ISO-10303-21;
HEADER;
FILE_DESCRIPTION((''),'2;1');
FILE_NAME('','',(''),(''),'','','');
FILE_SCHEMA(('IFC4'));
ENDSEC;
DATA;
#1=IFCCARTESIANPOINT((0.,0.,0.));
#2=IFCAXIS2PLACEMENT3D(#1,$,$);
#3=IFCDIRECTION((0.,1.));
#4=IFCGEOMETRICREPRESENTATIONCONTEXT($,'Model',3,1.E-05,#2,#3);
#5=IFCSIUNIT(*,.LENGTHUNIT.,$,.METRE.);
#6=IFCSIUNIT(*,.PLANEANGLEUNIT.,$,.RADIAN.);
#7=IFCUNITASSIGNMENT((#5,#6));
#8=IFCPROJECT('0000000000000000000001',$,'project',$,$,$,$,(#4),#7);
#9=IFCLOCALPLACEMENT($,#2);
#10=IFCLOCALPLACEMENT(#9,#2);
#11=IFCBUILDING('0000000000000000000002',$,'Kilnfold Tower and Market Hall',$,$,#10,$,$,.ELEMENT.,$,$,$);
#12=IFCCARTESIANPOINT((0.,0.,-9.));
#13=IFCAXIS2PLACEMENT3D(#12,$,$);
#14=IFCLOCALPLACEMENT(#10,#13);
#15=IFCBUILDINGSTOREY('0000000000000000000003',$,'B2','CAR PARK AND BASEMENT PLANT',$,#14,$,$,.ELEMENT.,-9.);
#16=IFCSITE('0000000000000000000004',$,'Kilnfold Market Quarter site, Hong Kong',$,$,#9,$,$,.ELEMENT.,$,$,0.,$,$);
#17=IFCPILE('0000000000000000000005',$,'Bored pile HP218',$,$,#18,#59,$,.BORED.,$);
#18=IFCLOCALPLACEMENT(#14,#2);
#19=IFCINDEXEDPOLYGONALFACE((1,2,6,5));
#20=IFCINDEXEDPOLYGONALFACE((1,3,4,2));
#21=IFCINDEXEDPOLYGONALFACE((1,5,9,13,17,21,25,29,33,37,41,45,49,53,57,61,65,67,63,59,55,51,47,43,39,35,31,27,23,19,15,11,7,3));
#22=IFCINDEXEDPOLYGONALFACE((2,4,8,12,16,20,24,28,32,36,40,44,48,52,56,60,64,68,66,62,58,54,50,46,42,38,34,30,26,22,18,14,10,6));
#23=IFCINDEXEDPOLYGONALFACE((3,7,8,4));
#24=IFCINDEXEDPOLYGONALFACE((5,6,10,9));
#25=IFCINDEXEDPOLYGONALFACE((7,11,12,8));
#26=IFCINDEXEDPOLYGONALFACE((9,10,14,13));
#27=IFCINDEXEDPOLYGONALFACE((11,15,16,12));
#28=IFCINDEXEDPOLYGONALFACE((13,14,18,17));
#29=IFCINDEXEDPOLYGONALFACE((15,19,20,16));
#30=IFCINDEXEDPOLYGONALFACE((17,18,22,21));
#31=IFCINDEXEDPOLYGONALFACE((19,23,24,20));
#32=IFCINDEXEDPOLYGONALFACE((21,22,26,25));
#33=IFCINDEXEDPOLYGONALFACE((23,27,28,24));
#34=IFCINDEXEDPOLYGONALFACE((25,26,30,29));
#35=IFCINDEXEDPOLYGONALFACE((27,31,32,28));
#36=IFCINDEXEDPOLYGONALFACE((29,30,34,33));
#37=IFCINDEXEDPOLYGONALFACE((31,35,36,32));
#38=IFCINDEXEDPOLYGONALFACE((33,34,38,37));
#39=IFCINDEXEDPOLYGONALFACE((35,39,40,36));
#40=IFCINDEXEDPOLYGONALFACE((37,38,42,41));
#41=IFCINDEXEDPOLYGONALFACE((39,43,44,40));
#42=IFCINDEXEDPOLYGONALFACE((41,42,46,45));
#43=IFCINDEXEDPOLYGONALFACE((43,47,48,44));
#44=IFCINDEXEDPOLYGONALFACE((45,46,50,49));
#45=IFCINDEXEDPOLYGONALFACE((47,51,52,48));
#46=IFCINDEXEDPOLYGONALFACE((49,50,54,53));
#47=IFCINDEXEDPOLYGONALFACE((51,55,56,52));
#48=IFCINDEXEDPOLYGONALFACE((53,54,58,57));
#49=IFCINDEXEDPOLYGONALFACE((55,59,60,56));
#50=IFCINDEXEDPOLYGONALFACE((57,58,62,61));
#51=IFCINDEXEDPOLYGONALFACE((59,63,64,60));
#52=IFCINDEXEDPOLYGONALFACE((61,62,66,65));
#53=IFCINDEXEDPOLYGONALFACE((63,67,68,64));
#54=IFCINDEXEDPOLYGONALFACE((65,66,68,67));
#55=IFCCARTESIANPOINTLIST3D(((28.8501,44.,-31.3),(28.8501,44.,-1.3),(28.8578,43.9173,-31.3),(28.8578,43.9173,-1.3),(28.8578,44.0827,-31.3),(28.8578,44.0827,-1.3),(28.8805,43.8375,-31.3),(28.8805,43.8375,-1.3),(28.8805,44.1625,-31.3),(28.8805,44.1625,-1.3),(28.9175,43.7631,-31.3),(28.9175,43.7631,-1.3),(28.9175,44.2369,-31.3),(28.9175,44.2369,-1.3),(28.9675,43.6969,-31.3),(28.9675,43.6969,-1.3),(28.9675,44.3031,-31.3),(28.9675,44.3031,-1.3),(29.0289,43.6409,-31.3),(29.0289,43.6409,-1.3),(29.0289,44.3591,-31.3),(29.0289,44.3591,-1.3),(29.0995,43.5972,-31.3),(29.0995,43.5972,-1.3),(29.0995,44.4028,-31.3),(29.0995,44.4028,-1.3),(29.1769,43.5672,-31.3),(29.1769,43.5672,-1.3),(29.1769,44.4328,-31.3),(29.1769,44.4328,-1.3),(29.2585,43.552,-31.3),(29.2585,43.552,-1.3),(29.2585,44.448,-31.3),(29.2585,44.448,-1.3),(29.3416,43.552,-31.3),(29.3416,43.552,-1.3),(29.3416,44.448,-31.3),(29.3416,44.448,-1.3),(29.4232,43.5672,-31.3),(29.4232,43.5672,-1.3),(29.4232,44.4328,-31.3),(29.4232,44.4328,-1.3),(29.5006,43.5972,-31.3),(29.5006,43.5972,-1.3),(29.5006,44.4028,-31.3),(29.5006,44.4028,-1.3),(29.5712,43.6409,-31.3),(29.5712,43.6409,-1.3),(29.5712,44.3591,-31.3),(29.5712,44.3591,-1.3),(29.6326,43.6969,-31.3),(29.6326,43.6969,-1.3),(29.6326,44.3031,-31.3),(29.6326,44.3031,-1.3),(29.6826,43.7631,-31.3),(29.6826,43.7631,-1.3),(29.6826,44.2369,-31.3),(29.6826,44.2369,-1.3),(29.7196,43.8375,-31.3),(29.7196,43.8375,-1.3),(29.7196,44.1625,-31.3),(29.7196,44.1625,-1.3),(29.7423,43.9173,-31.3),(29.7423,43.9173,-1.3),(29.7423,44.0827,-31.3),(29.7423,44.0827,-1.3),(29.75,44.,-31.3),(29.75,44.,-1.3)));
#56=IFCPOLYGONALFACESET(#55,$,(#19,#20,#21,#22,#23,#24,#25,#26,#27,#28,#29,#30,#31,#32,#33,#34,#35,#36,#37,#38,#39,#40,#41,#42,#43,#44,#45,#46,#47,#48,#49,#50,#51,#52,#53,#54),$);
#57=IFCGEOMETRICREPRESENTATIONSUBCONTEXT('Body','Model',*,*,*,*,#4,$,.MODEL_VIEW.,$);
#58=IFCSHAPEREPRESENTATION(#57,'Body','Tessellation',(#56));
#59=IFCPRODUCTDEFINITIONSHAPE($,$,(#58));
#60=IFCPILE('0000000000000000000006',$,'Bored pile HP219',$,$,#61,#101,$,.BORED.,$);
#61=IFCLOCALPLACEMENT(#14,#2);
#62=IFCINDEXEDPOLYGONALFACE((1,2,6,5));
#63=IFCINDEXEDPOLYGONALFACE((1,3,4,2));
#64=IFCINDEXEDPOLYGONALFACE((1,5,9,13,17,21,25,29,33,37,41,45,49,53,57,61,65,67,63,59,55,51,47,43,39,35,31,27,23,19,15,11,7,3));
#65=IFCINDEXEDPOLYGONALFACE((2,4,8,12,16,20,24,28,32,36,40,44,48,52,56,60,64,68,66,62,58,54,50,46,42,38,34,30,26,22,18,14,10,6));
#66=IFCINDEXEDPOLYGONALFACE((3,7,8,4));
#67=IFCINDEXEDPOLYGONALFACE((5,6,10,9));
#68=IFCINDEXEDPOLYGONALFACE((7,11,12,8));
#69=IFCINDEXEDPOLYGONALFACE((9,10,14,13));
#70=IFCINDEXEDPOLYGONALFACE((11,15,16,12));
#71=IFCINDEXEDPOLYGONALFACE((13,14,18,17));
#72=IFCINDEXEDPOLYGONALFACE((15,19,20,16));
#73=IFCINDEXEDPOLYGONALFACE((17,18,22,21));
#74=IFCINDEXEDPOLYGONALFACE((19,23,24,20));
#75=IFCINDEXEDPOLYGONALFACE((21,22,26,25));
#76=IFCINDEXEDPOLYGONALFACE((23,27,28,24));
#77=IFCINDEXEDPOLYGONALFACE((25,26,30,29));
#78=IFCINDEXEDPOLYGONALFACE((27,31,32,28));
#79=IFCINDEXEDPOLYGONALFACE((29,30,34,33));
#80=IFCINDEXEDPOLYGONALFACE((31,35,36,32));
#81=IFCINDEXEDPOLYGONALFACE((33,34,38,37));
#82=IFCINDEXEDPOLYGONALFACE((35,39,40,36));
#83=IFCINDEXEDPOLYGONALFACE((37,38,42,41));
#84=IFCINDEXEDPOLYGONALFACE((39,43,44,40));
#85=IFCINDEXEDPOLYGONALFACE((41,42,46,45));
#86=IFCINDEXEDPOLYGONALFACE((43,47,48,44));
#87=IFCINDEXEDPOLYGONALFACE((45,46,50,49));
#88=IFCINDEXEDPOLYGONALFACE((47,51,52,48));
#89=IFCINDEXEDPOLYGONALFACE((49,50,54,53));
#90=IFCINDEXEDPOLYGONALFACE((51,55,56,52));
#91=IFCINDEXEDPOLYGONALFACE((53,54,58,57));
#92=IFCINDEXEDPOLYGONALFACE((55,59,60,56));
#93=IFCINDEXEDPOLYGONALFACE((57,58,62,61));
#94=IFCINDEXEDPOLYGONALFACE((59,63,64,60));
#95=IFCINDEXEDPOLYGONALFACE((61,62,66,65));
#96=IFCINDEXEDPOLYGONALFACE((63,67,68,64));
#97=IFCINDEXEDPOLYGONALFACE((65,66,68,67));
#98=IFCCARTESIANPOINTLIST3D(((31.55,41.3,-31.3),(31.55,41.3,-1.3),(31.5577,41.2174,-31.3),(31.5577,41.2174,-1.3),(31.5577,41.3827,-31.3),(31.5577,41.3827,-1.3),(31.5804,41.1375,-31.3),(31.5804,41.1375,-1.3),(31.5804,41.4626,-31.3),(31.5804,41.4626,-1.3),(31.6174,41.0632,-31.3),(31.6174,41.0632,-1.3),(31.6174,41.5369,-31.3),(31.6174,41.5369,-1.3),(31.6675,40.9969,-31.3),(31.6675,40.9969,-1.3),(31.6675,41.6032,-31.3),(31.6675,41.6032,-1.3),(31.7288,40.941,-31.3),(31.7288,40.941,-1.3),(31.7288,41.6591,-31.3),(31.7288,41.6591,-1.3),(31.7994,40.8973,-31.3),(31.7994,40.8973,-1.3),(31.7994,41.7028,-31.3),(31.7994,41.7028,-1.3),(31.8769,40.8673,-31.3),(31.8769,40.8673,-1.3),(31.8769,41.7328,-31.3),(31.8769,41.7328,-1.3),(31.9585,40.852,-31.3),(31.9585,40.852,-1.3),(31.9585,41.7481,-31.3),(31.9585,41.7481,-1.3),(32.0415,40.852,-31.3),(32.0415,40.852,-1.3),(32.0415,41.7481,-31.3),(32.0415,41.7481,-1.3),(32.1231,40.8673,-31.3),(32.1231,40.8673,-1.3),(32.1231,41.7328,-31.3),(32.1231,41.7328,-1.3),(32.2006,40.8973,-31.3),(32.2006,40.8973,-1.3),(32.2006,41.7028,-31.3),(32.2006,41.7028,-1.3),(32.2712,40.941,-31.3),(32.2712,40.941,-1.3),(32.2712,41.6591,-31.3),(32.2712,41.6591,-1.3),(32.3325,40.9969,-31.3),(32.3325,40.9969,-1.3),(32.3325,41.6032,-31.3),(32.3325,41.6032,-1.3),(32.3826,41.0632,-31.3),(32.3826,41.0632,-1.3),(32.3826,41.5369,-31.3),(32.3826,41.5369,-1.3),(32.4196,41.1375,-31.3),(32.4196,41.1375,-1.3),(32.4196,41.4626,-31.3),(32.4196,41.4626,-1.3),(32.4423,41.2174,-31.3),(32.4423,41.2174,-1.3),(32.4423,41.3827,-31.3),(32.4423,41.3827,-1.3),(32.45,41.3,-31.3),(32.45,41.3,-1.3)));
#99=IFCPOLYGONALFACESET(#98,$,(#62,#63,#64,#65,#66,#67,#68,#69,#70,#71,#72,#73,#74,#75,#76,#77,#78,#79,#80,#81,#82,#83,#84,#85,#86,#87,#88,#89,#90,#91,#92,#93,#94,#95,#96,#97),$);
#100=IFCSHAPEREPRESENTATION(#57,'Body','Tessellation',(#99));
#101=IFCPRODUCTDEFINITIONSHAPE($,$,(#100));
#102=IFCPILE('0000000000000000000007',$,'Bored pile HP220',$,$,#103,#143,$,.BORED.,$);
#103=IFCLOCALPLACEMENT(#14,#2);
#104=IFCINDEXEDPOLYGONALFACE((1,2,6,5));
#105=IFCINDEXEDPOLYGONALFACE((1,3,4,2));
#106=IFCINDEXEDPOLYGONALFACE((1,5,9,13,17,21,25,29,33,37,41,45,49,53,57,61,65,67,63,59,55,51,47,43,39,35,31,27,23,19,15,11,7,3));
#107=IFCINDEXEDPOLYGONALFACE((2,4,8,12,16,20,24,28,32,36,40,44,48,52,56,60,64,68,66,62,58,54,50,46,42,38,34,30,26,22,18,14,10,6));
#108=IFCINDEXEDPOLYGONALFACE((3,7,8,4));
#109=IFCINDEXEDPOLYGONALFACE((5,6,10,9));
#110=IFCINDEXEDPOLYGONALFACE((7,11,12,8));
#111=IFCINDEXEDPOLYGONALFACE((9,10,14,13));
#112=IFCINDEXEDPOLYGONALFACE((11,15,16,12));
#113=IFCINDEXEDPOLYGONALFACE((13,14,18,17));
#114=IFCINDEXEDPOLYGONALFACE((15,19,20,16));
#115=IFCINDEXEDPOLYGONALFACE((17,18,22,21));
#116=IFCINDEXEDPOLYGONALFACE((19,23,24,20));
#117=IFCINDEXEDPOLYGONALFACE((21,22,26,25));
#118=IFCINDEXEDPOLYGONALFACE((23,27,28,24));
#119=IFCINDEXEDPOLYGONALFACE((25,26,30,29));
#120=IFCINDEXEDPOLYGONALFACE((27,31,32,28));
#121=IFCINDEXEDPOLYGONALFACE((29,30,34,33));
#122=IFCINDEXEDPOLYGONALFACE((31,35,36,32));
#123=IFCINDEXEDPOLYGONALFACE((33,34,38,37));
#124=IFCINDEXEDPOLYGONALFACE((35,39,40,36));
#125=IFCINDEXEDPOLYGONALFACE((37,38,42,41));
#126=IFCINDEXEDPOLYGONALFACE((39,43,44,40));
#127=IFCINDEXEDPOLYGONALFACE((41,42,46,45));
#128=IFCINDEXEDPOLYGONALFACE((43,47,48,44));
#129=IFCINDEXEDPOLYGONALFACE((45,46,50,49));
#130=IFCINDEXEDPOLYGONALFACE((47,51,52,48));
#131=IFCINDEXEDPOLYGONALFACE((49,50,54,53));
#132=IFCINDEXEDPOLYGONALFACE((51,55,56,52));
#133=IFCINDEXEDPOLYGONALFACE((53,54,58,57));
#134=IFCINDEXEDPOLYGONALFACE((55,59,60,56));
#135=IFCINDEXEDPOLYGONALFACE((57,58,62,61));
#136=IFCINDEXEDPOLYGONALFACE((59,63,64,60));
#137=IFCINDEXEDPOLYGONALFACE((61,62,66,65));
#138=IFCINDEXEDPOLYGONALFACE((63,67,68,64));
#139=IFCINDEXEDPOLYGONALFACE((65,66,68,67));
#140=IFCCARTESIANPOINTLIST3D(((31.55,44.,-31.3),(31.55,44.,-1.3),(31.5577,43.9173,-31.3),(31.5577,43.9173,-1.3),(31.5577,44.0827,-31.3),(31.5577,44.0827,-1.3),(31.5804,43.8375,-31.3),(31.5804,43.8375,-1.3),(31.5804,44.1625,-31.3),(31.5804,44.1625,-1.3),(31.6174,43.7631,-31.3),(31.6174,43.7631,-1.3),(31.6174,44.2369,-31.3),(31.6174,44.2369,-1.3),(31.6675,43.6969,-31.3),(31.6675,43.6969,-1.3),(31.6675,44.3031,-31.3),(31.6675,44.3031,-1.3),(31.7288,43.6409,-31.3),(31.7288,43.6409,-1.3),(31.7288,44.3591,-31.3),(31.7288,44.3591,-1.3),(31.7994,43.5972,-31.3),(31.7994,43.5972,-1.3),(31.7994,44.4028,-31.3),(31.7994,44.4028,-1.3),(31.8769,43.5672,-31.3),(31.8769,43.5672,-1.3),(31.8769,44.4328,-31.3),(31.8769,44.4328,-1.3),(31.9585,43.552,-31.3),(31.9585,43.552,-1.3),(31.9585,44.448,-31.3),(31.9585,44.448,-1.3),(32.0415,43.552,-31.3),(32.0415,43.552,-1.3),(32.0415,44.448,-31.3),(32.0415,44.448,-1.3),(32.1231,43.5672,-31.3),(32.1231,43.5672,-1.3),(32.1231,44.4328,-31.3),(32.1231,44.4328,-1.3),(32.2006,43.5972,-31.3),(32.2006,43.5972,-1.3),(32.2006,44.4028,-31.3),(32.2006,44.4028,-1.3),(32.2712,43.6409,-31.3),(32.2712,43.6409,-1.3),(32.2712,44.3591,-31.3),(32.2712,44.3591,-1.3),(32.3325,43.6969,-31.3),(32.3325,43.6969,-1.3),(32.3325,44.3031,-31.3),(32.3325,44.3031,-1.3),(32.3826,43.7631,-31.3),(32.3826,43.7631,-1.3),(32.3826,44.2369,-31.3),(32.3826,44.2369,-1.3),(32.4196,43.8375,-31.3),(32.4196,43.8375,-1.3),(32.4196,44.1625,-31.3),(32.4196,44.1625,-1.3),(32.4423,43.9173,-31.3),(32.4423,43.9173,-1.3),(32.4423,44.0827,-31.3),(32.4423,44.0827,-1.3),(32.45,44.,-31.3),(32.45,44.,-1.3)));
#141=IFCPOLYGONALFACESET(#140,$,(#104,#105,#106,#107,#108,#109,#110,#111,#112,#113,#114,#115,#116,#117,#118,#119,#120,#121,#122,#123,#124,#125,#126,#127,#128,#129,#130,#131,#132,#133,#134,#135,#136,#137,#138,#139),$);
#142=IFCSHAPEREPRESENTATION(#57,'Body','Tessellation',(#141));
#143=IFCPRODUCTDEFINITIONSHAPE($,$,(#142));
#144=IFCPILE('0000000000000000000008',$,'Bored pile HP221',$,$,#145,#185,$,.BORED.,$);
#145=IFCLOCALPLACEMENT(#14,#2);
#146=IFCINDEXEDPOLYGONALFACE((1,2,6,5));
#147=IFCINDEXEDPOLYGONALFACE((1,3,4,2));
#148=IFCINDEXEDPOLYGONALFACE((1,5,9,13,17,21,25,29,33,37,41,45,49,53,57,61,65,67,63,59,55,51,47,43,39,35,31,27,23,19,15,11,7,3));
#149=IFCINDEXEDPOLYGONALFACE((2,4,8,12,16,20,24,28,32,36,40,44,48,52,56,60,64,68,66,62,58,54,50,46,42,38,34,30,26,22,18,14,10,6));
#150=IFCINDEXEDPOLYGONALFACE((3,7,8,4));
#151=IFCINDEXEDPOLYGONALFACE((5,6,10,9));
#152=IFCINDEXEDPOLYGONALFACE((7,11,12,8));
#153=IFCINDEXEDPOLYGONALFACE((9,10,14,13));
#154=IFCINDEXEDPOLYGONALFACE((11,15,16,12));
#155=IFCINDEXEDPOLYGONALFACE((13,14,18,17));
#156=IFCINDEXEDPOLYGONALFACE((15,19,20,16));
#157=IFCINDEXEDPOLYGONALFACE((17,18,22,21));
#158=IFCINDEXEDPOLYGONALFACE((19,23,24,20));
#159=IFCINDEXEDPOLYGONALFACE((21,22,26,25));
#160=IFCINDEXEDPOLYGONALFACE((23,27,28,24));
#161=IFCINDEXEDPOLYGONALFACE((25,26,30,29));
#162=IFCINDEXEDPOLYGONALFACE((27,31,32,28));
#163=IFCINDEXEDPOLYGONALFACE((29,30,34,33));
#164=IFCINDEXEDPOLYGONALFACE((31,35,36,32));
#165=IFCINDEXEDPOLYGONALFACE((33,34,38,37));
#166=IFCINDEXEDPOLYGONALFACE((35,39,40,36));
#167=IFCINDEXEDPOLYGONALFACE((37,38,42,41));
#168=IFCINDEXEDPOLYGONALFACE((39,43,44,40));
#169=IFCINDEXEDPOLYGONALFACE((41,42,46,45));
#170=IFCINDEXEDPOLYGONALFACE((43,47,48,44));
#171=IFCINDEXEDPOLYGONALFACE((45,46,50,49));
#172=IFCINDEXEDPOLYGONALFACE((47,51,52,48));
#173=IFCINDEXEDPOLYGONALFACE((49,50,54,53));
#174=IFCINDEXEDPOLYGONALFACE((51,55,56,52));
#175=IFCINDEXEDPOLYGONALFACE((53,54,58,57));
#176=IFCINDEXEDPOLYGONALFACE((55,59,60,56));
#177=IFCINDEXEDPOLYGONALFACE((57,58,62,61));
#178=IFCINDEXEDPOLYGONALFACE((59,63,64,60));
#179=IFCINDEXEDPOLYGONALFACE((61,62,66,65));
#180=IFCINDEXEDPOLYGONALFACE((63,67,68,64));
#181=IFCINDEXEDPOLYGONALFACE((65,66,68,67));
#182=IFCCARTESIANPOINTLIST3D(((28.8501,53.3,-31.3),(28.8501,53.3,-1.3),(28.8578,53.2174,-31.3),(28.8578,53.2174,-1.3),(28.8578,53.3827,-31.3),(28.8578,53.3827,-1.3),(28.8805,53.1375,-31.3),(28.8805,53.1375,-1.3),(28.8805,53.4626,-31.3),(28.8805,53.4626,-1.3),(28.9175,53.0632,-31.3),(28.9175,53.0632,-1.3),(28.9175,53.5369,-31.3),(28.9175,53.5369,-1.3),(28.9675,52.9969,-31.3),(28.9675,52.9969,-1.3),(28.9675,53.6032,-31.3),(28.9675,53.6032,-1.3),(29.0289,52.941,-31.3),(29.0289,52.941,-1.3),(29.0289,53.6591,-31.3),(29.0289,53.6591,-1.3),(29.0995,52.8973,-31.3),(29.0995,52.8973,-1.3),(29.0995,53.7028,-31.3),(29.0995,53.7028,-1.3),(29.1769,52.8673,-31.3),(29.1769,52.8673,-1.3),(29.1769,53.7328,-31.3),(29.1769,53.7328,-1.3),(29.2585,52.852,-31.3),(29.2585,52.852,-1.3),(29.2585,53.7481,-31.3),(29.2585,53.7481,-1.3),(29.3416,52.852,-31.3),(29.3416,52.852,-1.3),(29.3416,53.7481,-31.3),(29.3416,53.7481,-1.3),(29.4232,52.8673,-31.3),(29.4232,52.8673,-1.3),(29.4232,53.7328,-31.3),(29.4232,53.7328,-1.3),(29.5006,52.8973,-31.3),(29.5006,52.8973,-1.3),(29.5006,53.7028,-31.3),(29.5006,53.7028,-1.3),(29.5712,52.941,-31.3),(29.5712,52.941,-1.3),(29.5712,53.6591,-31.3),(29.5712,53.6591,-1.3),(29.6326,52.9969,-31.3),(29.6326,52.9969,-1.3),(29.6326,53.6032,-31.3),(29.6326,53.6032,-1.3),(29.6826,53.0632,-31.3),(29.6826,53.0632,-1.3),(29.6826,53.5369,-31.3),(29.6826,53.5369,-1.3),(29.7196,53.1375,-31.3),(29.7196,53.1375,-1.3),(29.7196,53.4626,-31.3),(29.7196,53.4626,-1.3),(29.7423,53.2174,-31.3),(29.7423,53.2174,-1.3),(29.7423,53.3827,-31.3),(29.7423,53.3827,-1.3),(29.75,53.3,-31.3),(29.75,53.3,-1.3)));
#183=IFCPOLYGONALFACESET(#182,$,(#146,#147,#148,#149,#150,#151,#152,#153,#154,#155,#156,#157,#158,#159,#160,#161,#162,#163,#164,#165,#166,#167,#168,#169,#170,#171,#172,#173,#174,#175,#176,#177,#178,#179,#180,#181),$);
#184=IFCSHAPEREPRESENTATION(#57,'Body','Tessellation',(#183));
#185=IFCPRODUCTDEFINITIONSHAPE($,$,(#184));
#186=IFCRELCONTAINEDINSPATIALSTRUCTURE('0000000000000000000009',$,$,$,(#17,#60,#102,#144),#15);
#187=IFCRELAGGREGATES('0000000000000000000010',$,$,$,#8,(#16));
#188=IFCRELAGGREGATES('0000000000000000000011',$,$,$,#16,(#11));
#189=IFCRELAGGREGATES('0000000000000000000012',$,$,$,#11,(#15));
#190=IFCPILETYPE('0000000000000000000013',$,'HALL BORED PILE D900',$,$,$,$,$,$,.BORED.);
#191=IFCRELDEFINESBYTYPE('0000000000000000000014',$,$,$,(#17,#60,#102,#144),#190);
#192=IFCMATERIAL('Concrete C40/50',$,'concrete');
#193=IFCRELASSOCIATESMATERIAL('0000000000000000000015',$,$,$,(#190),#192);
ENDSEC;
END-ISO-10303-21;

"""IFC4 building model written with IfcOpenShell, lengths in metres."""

from ifc_helpers import new_model, si_unit, direction, frame, origin, origin_2d, place, context, subcontext, project, spatial, circle, extrude, source, transform, mapped, material, material_profile, profile_set, type_object, element, save


model = new_model("IFC4")

# Units and contexts
model_context = context("Model", 3, precision=1e-05, world=origin(), true_north=direction((0.0, 1.0)))
body_context = subcontext(model_context, "Body", "Model", "MODEL_VIEW")
ifc_project = project(units=[si_unit("LENGTHUNIT", "METRE"), si_unit("PLANEANGLEUNIT", "RADIAN")], contexts=[model_context])

# Site, building, storey
site_placement = place(None, origin())
site = spatial("IfcSite", under=ifc_project, at=site_placement, Name="Kilnfold Market Quarter site, Hong Kong", CompositionType="ELEMENT", RefElevation=0.0)
building_placement = place(site_placement, origin())
building = spatial("IfcBuilding", under=site, at=building_placement, Name="Kilnfold Tower and Market Hall", CompositionType="ELEMENT")
storey_placement = place(building_placement, frame((0.0, 0.0, -9.0)))
storey = spatial("IfcBuildingStorey", under=building, at=storey_placement, Name="B2", Description="CAR PARK AND BASEMENT PLANT", CompositionType="ELEMENT", Elevation=-9.0)

# Piles
ifc_material_1 = material(Name="Concrete C40/50", Category="concrete")
ifc_material_profile_1 = material_profile(ifc_material_1, circle(Radius=0.45, at=origin_2d()), Name="D900")
ifc_profile_set_1 = profile_set([ifc_material_profile_1], Name="Concrete C40/50")
pile_type = type_object("IfcPileType", Name="HALL BORED PILE D900", PredefinedType="BORED", material=ifc_profile_set_1)
shared_shape_1 = source(origin(), body_context, "Body", "SweptSolid", [
    extrude(circle(Radius=0.45, at=origin_2d()), origin(), (0.0, 0.0, 1.0), 30.0),
])
for number, where, z_axis, x_axis, name in (
    (1, (29.3, 44.0, -1.3), (0.0, 0.0, -1.0), (1.0, 0.0, 0.0), "Bored pile HP218"),
    (2, (32.0, 41.3, -1.3), (0.0, 0.0, -1.0), (1.0, 0.0, 0.0), "Bored pile HP219"),
    (3, (32.0, 44.0, -1.3), (0.0, 0.0, -1.0), (1.0, 0.0, 0.0), "Bored pile HP220"),
    (4, (29.3, 53.3, -1.3), (0.0, 0.0, -1.0), (1.0, 0.0, 0.0), "Bored pile HP221"),
):
    element("IfcPile", number, at=place(storey_placement, frame(where, z_axis=z_axis, x_axis=x_axis)), inside=storey, type_object=pile_type, Name=name, PredefinedType="BORED", context=body_context, shape_type="MappedRepresentation", body=[
        mapped(shared_shape_1, transform((0.0, 0.0, 0.0))),
    ])

save(model, "model.ifc")
